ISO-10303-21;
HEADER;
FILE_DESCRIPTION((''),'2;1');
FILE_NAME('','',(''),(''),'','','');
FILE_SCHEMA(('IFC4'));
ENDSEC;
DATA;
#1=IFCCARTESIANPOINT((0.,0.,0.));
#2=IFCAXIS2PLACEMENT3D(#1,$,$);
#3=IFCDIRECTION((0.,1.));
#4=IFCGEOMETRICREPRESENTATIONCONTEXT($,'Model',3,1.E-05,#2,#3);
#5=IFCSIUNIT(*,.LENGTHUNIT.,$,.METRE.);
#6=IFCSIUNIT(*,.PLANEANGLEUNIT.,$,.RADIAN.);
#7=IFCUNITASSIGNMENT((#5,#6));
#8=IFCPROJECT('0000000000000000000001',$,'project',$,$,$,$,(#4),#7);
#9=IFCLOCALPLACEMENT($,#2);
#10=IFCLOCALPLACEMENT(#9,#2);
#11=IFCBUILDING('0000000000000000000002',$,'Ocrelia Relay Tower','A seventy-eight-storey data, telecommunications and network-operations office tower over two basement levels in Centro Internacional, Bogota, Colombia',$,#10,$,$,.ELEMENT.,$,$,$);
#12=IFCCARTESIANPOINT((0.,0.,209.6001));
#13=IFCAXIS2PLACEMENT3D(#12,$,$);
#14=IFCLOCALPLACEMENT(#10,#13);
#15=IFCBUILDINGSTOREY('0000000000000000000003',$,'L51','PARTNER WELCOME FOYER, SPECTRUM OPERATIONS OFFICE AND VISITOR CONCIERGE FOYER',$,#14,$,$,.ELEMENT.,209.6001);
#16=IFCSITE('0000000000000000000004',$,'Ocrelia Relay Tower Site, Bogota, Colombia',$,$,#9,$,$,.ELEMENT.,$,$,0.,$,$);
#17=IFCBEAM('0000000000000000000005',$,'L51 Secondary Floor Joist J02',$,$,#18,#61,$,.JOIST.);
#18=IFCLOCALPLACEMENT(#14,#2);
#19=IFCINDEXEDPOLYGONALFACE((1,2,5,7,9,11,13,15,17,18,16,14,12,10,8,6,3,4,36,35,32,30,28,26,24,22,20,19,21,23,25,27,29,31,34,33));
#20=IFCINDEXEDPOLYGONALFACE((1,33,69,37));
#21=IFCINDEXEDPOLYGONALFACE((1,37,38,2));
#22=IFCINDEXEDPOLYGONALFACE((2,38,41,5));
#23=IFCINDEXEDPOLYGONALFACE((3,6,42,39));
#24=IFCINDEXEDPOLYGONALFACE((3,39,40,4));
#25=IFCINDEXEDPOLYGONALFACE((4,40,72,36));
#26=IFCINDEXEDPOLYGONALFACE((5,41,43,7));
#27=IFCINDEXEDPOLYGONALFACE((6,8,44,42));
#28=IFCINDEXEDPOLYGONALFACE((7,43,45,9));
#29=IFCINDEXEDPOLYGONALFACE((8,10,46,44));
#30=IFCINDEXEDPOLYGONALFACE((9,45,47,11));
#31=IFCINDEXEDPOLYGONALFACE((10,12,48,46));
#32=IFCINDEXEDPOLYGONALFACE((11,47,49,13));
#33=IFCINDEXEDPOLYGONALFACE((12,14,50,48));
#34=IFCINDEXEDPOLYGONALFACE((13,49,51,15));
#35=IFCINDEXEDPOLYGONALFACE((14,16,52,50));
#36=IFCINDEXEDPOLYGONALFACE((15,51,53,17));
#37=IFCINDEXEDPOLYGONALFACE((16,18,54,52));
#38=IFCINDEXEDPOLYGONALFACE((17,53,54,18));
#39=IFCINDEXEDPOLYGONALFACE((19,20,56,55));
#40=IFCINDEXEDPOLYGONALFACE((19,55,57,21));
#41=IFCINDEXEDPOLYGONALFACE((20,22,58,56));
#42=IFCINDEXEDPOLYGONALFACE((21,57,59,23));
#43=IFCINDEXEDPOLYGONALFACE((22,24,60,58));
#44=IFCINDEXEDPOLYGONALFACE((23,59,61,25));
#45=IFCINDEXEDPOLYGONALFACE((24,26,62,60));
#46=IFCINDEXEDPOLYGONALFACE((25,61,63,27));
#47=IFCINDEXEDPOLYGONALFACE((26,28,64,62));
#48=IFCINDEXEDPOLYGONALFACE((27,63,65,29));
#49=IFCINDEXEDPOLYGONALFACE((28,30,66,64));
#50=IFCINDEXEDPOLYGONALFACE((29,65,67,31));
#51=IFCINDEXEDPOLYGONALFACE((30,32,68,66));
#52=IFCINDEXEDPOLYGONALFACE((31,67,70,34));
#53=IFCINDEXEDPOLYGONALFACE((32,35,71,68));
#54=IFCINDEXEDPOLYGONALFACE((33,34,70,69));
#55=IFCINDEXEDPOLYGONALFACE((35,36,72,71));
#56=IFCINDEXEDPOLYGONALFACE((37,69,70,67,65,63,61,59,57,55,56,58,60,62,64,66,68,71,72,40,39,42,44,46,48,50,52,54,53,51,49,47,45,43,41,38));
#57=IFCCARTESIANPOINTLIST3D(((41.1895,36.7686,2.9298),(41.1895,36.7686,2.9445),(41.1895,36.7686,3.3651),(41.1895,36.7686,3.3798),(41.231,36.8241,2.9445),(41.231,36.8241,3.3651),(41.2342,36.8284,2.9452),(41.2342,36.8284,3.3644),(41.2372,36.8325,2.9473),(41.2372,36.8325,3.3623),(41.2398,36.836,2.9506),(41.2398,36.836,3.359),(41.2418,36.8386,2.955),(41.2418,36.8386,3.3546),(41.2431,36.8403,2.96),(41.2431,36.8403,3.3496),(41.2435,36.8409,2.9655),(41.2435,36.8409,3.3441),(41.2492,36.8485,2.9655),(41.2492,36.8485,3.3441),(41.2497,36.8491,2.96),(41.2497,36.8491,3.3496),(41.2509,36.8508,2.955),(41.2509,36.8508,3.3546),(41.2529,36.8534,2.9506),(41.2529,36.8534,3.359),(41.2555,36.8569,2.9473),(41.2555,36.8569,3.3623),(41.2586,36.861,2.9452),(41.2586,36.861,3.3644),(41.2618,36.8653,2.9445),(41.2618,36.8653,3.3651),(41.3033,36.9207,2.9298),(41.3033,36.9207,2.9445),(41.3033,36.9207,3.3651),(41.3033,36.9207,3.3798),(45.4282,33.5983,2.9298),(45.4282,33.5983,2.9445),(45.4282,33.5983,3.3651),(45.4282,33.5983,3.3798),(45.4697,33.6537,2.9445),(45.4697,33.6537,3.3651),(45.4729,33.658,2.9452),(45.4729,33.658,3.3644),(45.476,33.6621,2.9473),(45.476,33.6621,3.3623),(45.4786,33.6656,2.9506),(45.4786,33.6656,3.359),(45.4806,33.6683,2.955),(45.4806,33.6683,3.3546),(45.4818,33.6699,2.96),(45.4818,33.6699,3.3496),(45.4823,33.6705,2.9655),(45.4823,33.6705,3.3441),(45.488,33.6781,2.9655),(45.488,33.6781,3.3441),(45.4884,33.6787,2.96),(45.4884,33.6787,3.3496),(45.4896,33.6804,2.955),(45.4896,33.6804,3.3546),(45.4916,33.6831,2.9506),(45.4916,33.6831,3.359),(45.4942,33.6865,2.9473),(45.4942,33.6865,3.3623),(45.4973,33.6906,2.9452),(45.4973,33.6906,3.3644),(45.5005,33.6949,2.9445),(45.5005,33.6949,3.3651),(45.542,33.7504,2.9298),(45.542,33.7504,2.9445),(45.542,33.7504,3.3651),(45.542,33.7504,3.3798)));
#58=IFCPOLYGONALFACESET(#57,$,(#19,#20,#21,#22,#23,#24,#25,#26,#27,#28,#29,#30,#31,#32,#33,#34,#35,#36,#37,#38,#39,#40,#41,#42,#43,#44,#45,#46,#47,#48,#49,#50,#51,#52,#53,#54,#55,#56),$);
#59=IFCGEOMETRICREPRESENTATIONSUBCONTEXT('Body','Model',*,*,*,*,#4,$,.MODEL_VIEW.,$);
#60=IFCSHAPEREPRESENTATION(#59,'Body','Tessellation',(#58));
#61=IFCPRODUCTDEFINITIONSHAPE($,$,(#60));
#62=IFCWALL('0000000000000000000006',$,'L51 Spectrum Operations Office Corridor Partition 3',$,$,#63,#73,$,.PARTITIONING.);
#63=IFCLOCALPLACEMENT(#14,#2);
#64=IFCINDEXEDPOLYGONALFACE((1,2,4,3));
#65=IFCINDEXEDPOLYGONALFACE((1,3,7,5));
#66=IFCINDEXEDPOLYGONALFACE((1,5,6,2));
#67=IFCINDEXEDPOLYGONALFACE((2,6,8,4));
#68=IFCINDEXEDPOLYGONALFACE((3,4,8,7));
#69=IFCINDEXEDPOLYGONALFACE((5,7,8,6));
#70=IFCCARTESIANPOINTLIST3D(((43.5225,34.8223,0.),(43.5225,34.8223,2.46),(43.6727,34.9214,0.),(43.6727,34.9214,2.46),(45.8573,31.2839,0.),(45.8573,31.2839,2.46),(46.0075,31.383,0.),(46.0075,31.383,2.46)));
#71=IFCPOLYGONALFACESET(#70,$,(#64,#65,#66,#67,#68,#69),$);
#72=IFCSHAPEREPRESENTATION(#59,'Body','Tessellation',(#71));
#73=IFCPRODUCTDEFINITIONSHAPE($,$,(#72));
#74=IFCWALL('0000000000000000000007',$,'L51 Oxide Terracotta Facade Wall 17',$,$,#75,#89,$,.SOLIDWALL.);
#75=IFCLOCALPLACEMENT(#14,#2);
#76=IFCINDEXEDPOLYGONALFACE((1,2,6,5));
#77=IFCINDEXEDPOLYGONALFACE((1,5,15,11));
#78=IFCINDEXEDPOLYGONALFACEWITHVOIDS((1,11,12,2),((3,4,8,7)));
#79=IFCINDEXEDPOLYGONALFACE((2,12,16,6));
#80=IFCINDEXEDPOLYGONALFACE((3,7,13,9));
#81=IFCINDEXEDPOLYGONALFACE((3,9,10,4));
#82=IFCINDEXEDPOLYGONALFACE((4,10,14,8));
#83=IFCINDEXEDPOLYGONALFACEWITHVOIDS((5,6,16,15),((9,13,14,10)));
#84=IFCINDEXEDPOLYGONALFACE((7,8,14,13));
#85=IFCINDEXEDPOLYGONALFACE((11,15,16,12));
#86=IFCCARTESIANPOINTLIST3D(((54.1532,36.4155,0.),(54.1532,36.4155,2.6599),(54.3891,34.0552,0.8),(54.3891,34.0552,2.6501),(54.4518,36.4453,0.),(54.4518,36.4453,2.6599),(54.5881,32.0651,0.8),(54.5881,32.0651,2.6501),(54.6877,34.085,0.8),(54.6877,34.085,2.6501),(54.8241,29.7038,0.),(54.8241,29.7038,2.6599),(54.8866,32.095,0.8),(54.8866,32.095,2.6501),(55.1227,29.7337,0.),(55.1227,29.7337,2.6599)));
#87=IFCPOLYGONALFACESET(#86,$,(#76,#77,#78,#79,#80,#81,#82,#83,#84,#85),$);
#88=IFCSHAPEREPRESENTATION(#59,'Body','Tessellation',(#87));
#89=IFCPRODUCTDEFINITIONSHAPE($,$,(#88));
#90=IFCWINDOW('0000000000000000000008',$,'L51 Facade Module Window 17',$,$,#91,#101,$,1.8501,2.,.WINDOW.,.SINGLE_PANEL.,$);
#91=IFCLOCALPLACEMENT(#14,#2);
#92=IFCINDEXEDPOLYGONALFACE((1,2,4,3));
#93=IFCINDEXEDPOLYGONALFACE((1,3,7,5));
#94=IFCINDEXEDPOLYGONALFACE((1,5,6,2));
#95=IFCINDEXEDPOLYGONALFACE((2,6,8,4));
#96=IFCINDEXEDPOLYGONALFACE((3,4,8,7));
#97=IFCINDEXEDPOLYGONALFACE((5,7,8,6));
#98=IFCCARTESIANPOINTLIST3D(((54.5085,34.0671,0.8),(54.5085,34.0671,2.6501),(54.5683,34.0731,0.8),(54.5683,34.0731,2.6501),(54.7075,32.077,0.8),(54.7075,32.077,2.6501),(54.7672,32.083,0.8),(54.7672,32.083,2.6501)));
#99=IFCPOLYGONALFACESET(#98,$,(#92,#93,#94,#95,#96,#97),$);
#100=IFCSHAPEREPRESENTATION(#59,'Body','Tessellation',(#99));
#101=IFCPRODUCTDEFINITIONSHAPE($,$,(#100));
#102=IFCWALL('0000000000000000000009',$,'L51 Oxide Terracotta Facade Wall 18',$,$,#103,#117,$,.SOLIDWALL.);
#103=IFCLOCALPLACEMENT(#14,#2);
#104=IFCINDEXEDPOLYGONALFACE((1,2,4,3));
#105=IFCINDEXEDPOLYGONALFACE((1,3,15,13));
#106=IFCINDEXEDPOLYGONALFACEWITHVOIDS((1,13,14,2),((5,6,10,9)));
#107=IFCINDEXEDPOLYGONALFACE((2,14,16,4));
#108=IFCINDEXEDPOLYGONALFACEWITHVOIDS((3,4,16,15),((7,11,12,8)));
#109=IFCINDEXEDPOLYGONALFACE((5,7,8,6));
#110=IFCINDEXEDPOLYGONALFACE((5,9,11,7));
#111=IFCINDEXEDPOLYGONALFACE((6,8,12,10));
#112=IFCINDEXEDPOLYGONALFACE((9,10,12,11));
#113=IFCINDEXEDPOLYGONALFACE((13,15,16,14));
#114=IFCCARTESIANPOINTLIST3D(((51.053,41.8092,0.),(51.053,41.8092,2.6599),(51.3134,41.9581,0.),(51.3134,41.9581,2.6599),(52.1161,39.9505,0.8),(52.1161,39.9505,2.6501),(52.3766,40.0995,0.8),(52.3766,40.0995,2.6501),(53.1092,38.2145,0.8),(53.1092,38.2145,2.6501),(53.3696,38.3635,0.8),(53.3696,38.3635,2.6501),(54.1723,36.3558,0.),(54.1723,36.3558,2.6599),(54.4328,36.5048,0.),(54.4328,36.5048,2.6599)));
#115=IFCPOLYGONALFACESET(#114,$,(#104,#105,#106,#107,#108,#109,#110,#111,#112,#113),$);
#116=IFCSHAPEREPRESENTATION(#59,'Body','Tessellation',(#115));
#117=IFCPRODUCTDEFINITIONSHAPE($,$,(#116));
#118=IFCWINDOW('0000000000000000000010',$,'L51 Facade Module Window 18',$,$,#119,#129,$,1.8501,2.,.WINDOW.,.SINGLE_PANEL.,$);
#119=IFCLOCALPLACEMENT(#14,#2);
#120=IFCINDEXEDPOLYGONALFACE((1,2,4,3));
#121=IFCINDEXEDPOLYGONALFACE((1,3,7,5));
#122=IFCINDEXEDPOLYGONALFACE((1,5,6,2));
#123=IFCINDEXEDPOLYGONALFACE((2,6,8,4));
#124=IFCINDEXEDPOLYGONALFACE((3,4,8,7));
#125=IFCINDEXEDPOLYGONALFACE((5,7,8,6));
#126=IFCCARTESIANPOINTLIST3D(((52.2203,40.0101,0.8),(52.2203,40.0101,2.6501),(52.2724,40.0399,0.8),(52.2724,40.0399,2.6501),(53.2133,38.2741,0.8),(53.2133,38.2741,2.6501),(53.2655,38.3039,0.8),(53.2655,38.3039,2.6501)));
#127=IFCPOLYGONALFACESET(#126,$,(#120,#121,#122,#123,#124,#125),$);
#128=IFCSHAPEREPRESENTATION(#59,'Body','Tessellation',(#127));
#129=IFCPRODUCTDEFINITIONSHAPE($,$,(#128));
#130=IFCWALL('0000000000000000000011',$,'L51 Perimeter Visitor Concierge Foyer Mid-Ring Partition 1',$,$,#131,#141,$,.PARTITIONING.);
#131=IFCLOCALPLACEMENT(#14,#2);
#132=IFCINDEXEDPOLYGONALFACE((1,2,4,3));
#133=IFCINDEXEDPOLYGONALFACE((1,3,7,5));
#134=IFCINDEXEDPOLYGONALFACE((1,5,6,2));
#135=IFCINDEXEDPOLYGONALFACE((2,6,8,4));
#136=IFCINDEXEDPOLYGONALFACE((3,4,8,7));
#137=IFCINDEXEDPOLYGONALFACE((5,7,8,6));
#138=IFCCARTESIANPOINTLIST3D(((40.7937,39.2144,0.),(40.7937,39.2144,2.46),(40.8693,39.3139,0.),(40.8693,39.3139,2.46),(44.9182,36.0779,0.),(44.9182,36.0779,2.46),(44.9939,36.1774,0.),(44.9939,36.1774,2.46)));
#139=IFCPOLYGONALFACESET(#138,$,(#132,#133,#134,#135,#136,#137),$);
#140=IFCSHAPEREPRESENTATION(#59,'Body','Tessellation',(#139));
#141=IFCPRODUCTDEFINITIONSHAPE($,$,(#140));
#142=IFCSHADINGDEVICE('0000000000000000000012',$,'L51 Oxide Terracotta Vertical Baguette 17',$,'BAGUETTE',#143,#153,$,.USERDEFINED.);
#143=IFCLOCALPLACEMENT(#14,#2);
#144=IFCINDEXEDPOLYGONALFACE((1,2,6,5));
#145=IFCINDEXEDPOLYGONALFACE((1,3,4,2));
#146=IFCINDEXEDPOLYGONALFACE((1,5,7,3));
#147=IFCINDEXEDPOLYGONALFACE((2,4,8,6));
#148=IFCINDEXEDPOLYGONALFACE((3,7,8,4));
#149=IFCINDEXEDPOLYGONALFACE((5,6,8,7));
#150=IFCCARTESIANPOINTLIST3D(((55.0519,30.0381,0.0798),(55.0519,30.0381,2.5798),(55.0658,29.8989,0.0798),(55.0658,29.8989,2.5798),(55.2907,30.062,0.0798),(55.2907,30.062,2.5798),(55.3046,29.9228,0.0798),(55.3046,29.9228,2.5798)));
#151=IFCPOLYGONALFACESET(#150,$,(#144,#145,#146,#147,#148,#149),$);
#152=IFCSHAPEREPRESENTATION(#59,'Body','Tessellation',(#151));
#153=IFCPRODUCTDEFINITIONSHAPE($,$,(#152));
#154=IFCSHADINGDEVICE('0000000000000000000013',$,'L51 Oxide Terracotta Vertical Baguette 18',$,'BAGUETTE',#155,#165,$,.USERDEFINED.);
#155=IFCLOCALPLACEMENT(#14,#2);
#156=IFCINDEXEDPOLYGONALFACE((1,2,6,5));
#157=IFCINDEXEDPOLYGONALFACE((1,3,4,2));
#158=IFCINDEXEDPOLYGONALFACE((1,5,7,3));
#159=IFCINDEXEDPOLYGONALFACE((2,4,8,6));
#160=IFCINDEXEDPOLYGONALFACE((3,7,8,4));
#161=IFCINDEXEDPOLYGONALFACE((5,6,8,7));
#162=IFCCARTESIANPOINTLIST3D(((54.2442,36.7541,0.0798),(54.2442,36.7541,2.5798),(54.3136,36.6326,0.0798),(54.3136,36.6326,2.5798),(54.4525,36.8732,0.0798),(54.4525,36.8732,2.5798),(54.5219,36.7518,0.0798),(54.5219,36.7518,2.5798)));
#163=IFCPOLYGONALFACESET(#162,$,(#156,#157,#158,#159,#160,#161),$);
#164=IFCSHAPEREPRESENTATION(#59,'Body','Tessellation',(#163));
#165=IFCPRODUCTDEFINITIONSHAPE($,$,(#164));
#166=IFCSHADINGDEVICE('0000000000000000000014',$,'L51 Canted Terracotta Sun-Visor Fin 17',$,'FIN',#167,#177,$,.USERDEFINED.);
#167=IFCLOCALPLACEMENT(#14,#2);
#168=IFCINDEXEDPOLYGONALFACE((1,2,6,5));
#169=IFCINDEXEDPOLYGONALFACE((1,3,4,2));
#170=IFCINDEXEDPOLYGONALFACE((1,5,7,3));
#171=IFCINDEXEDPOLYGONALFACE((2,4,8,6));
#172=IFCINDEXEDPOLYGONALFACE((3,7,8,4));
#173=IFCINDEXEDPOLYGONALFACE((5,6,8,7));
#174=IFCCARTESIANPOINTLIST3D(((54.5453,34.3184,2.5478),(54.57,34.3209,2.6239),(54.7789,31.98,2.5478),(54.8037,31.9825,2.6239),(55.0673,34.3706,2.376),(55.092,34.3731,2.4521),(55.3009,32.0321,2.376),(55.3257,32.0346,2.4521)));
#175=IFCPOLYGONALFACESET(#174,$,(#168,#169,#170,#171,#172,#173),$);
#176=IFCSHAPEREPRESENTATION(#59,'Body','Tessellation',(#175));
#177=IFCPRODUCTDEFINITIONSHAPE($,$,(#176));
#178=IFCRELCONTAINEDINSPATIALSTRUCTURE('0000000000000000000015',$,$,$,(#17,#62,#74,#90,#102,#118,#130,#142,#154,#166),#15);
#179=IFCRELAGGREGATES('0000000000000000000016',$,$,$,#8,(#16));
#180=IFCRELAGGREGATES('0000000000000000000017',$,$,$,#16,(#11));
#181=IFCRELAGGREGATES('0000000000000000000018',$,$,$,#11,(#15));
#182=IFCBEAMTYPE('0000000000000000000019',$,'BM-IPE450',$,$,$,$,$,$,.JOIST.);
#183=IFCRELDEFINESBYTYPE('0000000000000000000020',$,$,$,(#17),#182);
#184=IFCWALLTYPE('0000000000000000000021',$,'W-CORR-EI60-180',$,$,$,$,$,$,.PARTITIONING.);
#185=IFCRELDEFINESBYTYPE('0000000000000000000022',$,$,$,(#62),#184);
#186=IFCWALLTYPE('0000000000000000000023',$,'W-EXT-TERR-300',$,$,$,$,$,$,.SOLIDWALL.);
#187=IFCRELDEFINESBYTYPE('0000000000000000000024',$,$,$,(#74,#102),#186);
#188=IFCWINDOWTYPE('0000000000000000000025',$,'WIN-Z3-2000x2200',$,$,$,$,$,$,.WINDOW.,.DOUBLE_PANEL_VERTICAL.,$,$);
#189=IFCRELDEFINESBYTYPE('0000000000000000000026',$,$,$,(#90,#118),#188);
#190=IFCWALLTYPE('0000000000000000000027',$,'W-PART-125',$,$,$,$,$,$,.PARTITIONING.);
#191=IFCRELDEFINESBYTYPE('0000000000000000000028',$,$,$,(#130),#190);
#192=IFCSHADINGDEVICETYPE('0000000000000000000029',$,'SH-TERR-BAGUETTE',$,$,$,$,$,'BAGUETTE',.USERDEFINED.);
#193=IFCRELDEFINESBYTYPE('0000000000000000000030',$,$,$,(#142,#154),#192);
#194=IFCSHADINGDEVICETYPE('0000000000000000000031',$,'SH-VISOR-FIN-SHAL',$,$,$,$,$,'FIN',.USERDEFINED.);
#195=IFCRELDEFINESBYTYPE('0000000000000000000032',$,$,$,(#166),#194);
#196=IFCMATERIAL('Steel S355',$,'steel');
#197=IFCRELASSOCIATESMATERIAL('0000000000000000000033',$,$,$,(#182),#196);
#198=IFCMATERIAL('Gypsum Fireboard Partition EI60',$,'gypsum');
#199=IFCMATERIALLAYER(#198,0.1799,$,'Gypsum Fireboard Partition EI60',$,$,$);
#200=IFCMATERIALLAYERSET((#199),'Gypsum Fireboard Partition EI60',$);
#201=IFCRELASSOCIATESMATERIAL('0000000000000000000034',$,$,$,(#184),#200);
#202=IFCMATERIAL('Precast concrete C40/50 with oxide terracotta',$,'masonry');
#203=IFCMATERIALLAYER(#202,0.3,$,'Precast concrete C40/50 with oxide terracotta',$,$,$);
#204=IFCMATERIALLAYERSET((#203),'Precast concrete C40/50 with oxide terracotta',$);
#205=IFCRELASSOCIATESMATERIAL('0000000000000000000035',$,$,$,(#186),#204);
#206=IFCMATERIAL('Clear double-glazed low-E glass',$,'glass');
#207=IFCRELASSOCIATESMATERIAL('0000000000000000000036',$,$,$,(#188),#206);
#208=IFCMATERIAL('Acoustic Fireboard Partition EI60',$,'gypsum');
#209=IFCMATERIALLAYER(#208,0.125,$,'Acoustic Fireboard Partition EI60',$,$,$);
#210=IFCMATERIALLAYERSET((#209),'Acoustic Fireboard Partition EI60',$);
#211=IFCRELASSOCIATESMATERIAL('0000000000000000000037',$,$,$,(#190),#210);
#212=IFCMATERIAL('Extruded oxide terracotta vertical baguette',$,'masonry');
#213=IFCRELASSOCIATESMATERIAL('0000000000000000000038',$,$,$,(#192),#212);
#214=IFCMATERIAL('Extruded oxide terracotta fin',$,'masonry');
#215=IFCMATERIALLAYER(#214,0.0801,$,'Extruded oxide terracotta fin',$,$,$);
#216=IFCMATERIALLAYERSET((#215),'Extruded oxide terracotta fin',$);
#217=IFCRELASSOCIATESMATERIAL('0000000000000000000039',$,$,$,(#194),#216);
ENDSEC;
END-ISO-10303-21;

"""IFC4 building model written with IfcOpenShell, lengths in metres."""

from ifc_helpers import new_model, si_unit, direction, frame, frame_2d, origin, origin_2d, place, context, subcontext, project, spatial, rectangle, i_section, extrude, material, layer, layer_set, material_profile, profile_set, type_object, element, fill, save


model = new_model("IFC4")

# Units and contexts
model_context = context("Model", 3, precision=1e-05, world=origin(), true_north=direction((0.0, 1.0)))
body_context = subcontext(model_context, "Body", "Model", "MODEL_VIEW")
ifc_project = project(units=[si_unit("LENGTHUNIT", "METRE"), si_unit("PLANEANGLEUNIT", "RADIAN")], contexts=[model_context])

# Site, building, storey
site_placement = place(None, origin())
site = spatial("IfcSite", under=ifc_project, at=site_placement, Name="Ocrelia Relay Tower Site, Bogota, Colombia", CompositionType="ELEMENT", RefElevation=0.0)
building_placement = place(site_placement, origin())
building = spatial("IfcBuilding", under=site, at=building_placement, Name="Ocrelia Relay Tower", Description="A seventy-eight-storey data, telecommunications and network-operations office tower over two basement levels in Centro Internacional, Bogota, Colombia", CompositionType="ELEMENT")
storey_placement = place(building_placement, frame((0.0, 0.0, 209.6001)))
storey = spatial("IfcBuildingStorey", under=building, at=storey_placement, Name="L51", Description="PARTNER WELCOME FOYER, SPECTRUM OPERATIONS OFFICE AND VISITOR CONCIERGE FOYER", CompositionType="ELEMENT", Elevation=209.6001)

# Beam
ifc_material_1 = material(Name="Steel S355", Category="steel")
ifc_material_profile_1 = material_profile(ifc_material_1, i_section(OverallWidth=0.1899, OverallDepth=0.45, WebThickness=0.0095, FlangeThickness=0.0146, FilletRadius=0.021, at=origin_2d()), Name="IPE 450")
ifc_profile_set_1 = profile_set([ifc_material_profile_1], Name="Steel S355")
beam_type_1 = type_object("IfcBeamType", Name="BM-IPE450", PredefinedType="JOIST", material=ifc_profile_set_1)
beam_1_placement = place(storey_placement, frame((45.4851, 33.6743, 3.1548), z_axis=(-0.800785, 0.598952, 0.0), x_axis=(-0.598952, -0.800785, 0.0)))
element("IfcBeam", 1, at=beam_1_placement, inside=storey, type_object=beam_type_1, Name="L51 Secondary Floor Joist J02", PredefinedType="JOIST", context=body_context, shape_type="SweptSolid", body=[
    extrude(i_section(OverallWidth=0.1899, OverallDepth=0.45, WebThickness=0.0095, FlangeThickness=0.0146, FilletRadius=0.021, at=origin_2d()), origin(), (0.0, 0.0, 1.0), 5.2932),
])

# Wall
ifc_material_2 = material(Name="Gypsum Fireboard Partition EI60", Category="gypsum")
ifc_layer_1 = layer(ifc_material_2, 0.1799, Name="Gypsum Fireboard Partition EI60")
ifc_layer_set_1 = layer_set([ifc_layer_1], Name="Gypsum Fireboard Partition EI60")
wall_type_1 = type_object("IfcWallType", Name="W-CORR-EI60-180", PredefinedType="PARTITIONING", material=ifc_layer_set_1)
wall_1_placement = place(storey_placement, frame((45.9324, 31.3335, 0.0), z_axis=(0.0, 0.0, 1.0), x_axis=(-0.550747, 0.834672, 0.0)))
element("IfcWall", 2, at=wall_1_placement, inside=storey, type_object=wall_type_1, Name="L51 Spectrum Operations Office Corridor Partition 3", PredefinedType="PARTITIONING", context=body_context, shape_type="SweptSolid", body=[
    extrude(rectangle(XDim=4.2393, YDim=0.1799, at=frame_2d((2.1196, 0.0))), origin(), (0.0, 0.0, 1.0), 2.46),
])

# Walls, openings, windows
ifc_material_3 = material(Name="Precast concrete C40/50 with oxide terracotta", Category="masonry")
ifc_layer_2 = layer(ifc_material_3, 0.3, Name="Precast concrete C40/50 with oxide terracotta")
ifc_layer_set_2 = layer_set([ifc_layer_2], Name="Precast concrete C40/50 with oxide terracotta")
wall_type_2 = type_object("IfcWallType", Name="W-EXT-TERR-300", PredefinedType="SOLIDWALL", material=ifc_layer_set_2)
wall_2_placement = place(storey_placement, frame((54.9734, 29.7188, 0.0), z_axis=(0.0, 0.0, 1.0), x_axis=(-0.099464, 0.995041, 0.0)))
wall_2 = element("IfcWall", 3, at=wall_2_placement, inside=storey, type_object=wall_type_2, Name="L51 Oxide Terracotta Facade Wall 17", PredefinedType="SOLIDWALL", context=body_context, shape_type="SweptSolid", body=[
    extrude(rectangle(XDim=6.7451, YDim=0.3, at=frame_2d((3.3726, 0.0))), origin(), (0.0, 0.0, 1.0), 2.6599),
])
opening_1_placement = place(wall_2_placement, frame((2.373, 0.0, 0.8)))
opening_1 = element("IfcOpeningElement", 4, at=opening_1_placement, cuts=wall_2, PredefinedType="OPENING", context=body_context, shape_type="SweptSolid", body=[
    extrude(rectangle(XDim=2.0, YDim=1.8501, at=frame_2d((1.0, 0.925))), frame((0.0, 0.1602, 0.0), z_axis=(0.0, -1.0, 0.0), x_axis=(1.0, 0.0, 0.0)), (0.0, 0.0, 1.0), 0.3201),
])
ifc_material_4 = material(Name="Clear double-glazed low-E glass", Category="glass")
window_type = type_object("IfcWindowType", Name="WIN-Z3-2000x2200", PartitioningType="DOUBLE_PANEL_VERTICAL", PredefinedType="WINDOW", material=ifc_material_4)
window_1_placement = place(opening_1_placement, origin())
window_1 = element("IfcWindow", 5, at=window_1_placement, inside=storey, type_object=window_type, Name="L51 Facade Module Window 17", OverallHeight=1.8501, OverallWidth=2.0, PartitioningType="SINGLE_PANEL", PredefinedType="WINDOW", context=body_context, shape_type="SweptSolid", body=[
    extrude(rectangle(XDim=2.0, YDim=1.8501, at=frame_2d((1.0, 0.925))), frame((0.0, 0.03, 0.0), z_axis=(0.0, -1.0, 0.0), x_axis=(1.0, 0.0, 0.0)), (0.0, 0.0, 1.0), 0.0601),
])
fill(opening_1, window_1)
wall_3_placement = place(storey_placement, frame((54.3025, 36.4304, 0.0), z_axis=(0.0, 0.0, 1.0), x_axis=(-0.49652, 0.868025, 0.0)))
wall_3 = element("IfcWall", 6, at=wall_3_placement, inside=storey, type_object=wall_type_2, Name="L51 Oxide Terracotta Facade Wall 18", PredefinedType="SOLIDWALL", context=body_context, shape_type="SweptSolid", body=[
    extrude(rectangle(XDim=6.2825, YDim=0.3, at=frame_2d((3.1411, 0.0))), origin(), (0.0, 0.0, 1.0), 2.6599),
])
opening_2_placement = place(wall_3_placement, frame((2.1411, 0.0, 0.8)))
opening_2 = element("IfcOpeningElement", 7, at=opening_2_placement, cuts=wall_3, PredefinedType="OPENING", context=body_context, shape_type="SweptSolid", body=[
    extrude(rectangle(XDim=2.0, YDim=1.8501, at=frame_2d((1.0, 0.925))), frame((0.0, 0.1602, 0.0), z_axis=(0.0, -1.0, 0.0), x_axis=(1.0, 0.0, 0.0)), (0.0, 0.0, 1.0), 0.3201),
])
window_2_placement = place(opening_2_placement, origin())
window_2 = element("IfcWindow", 8, at=window_2_placement, inside=storey, type_object=window_type, Name="L51 Facade Module Window 18", OverallHeight=1.8501, OverallWidth=2.0, PartitioningType="SINGLE_PANEL", PredefinedType="WINDOW", context=body_context, shape_type="SweptSolid", body=[
    extrude(rectangle(XDim=2.0, YDim=1.8501, at=frame_2d((1.0, 0.925))), frame((0.0, 0.03, 0.0), z_axis=(0.0, -1.0, 0.0), x_axis=(1.0, 0.0, 0.0)), (0.0, 0.0, 1.0), 0.0601),
])
fill(opening_2, window_2)

# Wall
ifc_material_5 = material(Name="Acoustic Fireboard Partition EI60", Category="gypsum")
ifc_layer_3 = layer(ifc_material_5, 0.125, Name="Acoustic Fireboard Partition EI60")
ifc_layer_set_3 = layer_set([ifc_layer_3], Name="Acoustic Fireboard Partition EI60")
wall_type_3 = type_object("IfcWallType", Name="W-PART-125", PredefinedType="PARTITIONING", material=ifc_layer_set_3)
wall_4_placement = place(storey_placement, frame((44.9561, 36.1277, 0.0), z_axis=(0.0, 0.0, 1.0), x_axis=(-0.795991, 0.605309, 0.0)))
element("IfcWall", 9, at=wall_4_placement, inside=storey, type_object=wall_type_3, Name="L51 Perimeter Visitor Concierge Foyer Mid-Ring Partition 1", PredefinedType="PARTITIONING", context=body_context, shape_type="SweptSolid", body=[
    extrude(rectangle(XDim=5.1816, YDim=0.125, at=frame_2d((2.5908, 0.0))), origin(), (0.0, 0.0, 1.0), 2.46),
])

# Shading devices
ifc_material_6 = material(Name="Extruded oxide terracotta vertical baguette", Category="masonry")
shading_device_type_1 = type_object("IfcShadingDeviceType", Name="SH-TERR-BAGUETTE", ElementType="BAGUETTE", PredefinedType="USERDEFINED", material=ifc_material_6)
for number, where, z_axis, x_axis, name in (
    (10, (55.1782, 29.9805, 0.0798), (0.0, 0.0, 1.0), (-0.099436, 0.995044, 0.0), "L51 Oxide Terracotta Vertical Baguette 17"),
    (11, (54.3831, 36.7529, 0.0798), (0.0, 0.0, 1.0), (-0.496525, 0.868023, 0.0), "L51 Oxide Terracotta Vertical Baguette 18"),
):
    element("IfcShadingDevice", number, at=place(storey_placement, frame(where, z_axis=z_axis, x_axis=x_axis)), inside=storey, type_object=shading_device_type_1, Name=name, ObjectType="BAGUETTE", PredefinedType="USERDEFINED", context=body_context, shape_type="SweptSolid", body=[
        extrude(rectangle(XDim=0.1399, YDim=0.24, at=origin_2d()), origin(), (0.0, 0.0, 1.0), 2.5),
    ])
ifc_material_7 = material(Name="Extruded oxide terracotta fin", Category="masonry")
ifc_layer_4 = layer(ifc_material_7, 0.0801, Name="Extruded oxide terracotta fin")
ifc_layer_set_4 = layer_set([ifc_layer_4], Name="Extruded oxide terracotta fin")
shading_device_type_2 = type_object("IfcShadingDeviceType", Name="SH-VISOR-FIN-SHAL", ElementType="FIN", PredefinedType="USERDEFINED", material=ifc_layer_set_4)
shading_device_placement = place(storey_placement, frame((54.9231, 33.1753, 2.4619), z_axis=(0.309632, 0.030942, 0.950353), x_axis=(-0.099436, 0.995044, 0.0)))
element("IfcShadingDevice", 12, at=shading_device_placement, inside=storey, type_object=shading_device_type_2, Name="L51 Canted Terracotta Sun-Visor Fin 17", ObjectType="FIN", PredefinedType="USERDEFINED", context=body_context, shape_type="SweptSolid", body=[
    extrude(rectangle(XDim=2.3501, YDim=0.552, at=origin_2d()), origin(), (0.0, 0.0, 1.0), 0.0801),
])

save(model, "model.ifc")
